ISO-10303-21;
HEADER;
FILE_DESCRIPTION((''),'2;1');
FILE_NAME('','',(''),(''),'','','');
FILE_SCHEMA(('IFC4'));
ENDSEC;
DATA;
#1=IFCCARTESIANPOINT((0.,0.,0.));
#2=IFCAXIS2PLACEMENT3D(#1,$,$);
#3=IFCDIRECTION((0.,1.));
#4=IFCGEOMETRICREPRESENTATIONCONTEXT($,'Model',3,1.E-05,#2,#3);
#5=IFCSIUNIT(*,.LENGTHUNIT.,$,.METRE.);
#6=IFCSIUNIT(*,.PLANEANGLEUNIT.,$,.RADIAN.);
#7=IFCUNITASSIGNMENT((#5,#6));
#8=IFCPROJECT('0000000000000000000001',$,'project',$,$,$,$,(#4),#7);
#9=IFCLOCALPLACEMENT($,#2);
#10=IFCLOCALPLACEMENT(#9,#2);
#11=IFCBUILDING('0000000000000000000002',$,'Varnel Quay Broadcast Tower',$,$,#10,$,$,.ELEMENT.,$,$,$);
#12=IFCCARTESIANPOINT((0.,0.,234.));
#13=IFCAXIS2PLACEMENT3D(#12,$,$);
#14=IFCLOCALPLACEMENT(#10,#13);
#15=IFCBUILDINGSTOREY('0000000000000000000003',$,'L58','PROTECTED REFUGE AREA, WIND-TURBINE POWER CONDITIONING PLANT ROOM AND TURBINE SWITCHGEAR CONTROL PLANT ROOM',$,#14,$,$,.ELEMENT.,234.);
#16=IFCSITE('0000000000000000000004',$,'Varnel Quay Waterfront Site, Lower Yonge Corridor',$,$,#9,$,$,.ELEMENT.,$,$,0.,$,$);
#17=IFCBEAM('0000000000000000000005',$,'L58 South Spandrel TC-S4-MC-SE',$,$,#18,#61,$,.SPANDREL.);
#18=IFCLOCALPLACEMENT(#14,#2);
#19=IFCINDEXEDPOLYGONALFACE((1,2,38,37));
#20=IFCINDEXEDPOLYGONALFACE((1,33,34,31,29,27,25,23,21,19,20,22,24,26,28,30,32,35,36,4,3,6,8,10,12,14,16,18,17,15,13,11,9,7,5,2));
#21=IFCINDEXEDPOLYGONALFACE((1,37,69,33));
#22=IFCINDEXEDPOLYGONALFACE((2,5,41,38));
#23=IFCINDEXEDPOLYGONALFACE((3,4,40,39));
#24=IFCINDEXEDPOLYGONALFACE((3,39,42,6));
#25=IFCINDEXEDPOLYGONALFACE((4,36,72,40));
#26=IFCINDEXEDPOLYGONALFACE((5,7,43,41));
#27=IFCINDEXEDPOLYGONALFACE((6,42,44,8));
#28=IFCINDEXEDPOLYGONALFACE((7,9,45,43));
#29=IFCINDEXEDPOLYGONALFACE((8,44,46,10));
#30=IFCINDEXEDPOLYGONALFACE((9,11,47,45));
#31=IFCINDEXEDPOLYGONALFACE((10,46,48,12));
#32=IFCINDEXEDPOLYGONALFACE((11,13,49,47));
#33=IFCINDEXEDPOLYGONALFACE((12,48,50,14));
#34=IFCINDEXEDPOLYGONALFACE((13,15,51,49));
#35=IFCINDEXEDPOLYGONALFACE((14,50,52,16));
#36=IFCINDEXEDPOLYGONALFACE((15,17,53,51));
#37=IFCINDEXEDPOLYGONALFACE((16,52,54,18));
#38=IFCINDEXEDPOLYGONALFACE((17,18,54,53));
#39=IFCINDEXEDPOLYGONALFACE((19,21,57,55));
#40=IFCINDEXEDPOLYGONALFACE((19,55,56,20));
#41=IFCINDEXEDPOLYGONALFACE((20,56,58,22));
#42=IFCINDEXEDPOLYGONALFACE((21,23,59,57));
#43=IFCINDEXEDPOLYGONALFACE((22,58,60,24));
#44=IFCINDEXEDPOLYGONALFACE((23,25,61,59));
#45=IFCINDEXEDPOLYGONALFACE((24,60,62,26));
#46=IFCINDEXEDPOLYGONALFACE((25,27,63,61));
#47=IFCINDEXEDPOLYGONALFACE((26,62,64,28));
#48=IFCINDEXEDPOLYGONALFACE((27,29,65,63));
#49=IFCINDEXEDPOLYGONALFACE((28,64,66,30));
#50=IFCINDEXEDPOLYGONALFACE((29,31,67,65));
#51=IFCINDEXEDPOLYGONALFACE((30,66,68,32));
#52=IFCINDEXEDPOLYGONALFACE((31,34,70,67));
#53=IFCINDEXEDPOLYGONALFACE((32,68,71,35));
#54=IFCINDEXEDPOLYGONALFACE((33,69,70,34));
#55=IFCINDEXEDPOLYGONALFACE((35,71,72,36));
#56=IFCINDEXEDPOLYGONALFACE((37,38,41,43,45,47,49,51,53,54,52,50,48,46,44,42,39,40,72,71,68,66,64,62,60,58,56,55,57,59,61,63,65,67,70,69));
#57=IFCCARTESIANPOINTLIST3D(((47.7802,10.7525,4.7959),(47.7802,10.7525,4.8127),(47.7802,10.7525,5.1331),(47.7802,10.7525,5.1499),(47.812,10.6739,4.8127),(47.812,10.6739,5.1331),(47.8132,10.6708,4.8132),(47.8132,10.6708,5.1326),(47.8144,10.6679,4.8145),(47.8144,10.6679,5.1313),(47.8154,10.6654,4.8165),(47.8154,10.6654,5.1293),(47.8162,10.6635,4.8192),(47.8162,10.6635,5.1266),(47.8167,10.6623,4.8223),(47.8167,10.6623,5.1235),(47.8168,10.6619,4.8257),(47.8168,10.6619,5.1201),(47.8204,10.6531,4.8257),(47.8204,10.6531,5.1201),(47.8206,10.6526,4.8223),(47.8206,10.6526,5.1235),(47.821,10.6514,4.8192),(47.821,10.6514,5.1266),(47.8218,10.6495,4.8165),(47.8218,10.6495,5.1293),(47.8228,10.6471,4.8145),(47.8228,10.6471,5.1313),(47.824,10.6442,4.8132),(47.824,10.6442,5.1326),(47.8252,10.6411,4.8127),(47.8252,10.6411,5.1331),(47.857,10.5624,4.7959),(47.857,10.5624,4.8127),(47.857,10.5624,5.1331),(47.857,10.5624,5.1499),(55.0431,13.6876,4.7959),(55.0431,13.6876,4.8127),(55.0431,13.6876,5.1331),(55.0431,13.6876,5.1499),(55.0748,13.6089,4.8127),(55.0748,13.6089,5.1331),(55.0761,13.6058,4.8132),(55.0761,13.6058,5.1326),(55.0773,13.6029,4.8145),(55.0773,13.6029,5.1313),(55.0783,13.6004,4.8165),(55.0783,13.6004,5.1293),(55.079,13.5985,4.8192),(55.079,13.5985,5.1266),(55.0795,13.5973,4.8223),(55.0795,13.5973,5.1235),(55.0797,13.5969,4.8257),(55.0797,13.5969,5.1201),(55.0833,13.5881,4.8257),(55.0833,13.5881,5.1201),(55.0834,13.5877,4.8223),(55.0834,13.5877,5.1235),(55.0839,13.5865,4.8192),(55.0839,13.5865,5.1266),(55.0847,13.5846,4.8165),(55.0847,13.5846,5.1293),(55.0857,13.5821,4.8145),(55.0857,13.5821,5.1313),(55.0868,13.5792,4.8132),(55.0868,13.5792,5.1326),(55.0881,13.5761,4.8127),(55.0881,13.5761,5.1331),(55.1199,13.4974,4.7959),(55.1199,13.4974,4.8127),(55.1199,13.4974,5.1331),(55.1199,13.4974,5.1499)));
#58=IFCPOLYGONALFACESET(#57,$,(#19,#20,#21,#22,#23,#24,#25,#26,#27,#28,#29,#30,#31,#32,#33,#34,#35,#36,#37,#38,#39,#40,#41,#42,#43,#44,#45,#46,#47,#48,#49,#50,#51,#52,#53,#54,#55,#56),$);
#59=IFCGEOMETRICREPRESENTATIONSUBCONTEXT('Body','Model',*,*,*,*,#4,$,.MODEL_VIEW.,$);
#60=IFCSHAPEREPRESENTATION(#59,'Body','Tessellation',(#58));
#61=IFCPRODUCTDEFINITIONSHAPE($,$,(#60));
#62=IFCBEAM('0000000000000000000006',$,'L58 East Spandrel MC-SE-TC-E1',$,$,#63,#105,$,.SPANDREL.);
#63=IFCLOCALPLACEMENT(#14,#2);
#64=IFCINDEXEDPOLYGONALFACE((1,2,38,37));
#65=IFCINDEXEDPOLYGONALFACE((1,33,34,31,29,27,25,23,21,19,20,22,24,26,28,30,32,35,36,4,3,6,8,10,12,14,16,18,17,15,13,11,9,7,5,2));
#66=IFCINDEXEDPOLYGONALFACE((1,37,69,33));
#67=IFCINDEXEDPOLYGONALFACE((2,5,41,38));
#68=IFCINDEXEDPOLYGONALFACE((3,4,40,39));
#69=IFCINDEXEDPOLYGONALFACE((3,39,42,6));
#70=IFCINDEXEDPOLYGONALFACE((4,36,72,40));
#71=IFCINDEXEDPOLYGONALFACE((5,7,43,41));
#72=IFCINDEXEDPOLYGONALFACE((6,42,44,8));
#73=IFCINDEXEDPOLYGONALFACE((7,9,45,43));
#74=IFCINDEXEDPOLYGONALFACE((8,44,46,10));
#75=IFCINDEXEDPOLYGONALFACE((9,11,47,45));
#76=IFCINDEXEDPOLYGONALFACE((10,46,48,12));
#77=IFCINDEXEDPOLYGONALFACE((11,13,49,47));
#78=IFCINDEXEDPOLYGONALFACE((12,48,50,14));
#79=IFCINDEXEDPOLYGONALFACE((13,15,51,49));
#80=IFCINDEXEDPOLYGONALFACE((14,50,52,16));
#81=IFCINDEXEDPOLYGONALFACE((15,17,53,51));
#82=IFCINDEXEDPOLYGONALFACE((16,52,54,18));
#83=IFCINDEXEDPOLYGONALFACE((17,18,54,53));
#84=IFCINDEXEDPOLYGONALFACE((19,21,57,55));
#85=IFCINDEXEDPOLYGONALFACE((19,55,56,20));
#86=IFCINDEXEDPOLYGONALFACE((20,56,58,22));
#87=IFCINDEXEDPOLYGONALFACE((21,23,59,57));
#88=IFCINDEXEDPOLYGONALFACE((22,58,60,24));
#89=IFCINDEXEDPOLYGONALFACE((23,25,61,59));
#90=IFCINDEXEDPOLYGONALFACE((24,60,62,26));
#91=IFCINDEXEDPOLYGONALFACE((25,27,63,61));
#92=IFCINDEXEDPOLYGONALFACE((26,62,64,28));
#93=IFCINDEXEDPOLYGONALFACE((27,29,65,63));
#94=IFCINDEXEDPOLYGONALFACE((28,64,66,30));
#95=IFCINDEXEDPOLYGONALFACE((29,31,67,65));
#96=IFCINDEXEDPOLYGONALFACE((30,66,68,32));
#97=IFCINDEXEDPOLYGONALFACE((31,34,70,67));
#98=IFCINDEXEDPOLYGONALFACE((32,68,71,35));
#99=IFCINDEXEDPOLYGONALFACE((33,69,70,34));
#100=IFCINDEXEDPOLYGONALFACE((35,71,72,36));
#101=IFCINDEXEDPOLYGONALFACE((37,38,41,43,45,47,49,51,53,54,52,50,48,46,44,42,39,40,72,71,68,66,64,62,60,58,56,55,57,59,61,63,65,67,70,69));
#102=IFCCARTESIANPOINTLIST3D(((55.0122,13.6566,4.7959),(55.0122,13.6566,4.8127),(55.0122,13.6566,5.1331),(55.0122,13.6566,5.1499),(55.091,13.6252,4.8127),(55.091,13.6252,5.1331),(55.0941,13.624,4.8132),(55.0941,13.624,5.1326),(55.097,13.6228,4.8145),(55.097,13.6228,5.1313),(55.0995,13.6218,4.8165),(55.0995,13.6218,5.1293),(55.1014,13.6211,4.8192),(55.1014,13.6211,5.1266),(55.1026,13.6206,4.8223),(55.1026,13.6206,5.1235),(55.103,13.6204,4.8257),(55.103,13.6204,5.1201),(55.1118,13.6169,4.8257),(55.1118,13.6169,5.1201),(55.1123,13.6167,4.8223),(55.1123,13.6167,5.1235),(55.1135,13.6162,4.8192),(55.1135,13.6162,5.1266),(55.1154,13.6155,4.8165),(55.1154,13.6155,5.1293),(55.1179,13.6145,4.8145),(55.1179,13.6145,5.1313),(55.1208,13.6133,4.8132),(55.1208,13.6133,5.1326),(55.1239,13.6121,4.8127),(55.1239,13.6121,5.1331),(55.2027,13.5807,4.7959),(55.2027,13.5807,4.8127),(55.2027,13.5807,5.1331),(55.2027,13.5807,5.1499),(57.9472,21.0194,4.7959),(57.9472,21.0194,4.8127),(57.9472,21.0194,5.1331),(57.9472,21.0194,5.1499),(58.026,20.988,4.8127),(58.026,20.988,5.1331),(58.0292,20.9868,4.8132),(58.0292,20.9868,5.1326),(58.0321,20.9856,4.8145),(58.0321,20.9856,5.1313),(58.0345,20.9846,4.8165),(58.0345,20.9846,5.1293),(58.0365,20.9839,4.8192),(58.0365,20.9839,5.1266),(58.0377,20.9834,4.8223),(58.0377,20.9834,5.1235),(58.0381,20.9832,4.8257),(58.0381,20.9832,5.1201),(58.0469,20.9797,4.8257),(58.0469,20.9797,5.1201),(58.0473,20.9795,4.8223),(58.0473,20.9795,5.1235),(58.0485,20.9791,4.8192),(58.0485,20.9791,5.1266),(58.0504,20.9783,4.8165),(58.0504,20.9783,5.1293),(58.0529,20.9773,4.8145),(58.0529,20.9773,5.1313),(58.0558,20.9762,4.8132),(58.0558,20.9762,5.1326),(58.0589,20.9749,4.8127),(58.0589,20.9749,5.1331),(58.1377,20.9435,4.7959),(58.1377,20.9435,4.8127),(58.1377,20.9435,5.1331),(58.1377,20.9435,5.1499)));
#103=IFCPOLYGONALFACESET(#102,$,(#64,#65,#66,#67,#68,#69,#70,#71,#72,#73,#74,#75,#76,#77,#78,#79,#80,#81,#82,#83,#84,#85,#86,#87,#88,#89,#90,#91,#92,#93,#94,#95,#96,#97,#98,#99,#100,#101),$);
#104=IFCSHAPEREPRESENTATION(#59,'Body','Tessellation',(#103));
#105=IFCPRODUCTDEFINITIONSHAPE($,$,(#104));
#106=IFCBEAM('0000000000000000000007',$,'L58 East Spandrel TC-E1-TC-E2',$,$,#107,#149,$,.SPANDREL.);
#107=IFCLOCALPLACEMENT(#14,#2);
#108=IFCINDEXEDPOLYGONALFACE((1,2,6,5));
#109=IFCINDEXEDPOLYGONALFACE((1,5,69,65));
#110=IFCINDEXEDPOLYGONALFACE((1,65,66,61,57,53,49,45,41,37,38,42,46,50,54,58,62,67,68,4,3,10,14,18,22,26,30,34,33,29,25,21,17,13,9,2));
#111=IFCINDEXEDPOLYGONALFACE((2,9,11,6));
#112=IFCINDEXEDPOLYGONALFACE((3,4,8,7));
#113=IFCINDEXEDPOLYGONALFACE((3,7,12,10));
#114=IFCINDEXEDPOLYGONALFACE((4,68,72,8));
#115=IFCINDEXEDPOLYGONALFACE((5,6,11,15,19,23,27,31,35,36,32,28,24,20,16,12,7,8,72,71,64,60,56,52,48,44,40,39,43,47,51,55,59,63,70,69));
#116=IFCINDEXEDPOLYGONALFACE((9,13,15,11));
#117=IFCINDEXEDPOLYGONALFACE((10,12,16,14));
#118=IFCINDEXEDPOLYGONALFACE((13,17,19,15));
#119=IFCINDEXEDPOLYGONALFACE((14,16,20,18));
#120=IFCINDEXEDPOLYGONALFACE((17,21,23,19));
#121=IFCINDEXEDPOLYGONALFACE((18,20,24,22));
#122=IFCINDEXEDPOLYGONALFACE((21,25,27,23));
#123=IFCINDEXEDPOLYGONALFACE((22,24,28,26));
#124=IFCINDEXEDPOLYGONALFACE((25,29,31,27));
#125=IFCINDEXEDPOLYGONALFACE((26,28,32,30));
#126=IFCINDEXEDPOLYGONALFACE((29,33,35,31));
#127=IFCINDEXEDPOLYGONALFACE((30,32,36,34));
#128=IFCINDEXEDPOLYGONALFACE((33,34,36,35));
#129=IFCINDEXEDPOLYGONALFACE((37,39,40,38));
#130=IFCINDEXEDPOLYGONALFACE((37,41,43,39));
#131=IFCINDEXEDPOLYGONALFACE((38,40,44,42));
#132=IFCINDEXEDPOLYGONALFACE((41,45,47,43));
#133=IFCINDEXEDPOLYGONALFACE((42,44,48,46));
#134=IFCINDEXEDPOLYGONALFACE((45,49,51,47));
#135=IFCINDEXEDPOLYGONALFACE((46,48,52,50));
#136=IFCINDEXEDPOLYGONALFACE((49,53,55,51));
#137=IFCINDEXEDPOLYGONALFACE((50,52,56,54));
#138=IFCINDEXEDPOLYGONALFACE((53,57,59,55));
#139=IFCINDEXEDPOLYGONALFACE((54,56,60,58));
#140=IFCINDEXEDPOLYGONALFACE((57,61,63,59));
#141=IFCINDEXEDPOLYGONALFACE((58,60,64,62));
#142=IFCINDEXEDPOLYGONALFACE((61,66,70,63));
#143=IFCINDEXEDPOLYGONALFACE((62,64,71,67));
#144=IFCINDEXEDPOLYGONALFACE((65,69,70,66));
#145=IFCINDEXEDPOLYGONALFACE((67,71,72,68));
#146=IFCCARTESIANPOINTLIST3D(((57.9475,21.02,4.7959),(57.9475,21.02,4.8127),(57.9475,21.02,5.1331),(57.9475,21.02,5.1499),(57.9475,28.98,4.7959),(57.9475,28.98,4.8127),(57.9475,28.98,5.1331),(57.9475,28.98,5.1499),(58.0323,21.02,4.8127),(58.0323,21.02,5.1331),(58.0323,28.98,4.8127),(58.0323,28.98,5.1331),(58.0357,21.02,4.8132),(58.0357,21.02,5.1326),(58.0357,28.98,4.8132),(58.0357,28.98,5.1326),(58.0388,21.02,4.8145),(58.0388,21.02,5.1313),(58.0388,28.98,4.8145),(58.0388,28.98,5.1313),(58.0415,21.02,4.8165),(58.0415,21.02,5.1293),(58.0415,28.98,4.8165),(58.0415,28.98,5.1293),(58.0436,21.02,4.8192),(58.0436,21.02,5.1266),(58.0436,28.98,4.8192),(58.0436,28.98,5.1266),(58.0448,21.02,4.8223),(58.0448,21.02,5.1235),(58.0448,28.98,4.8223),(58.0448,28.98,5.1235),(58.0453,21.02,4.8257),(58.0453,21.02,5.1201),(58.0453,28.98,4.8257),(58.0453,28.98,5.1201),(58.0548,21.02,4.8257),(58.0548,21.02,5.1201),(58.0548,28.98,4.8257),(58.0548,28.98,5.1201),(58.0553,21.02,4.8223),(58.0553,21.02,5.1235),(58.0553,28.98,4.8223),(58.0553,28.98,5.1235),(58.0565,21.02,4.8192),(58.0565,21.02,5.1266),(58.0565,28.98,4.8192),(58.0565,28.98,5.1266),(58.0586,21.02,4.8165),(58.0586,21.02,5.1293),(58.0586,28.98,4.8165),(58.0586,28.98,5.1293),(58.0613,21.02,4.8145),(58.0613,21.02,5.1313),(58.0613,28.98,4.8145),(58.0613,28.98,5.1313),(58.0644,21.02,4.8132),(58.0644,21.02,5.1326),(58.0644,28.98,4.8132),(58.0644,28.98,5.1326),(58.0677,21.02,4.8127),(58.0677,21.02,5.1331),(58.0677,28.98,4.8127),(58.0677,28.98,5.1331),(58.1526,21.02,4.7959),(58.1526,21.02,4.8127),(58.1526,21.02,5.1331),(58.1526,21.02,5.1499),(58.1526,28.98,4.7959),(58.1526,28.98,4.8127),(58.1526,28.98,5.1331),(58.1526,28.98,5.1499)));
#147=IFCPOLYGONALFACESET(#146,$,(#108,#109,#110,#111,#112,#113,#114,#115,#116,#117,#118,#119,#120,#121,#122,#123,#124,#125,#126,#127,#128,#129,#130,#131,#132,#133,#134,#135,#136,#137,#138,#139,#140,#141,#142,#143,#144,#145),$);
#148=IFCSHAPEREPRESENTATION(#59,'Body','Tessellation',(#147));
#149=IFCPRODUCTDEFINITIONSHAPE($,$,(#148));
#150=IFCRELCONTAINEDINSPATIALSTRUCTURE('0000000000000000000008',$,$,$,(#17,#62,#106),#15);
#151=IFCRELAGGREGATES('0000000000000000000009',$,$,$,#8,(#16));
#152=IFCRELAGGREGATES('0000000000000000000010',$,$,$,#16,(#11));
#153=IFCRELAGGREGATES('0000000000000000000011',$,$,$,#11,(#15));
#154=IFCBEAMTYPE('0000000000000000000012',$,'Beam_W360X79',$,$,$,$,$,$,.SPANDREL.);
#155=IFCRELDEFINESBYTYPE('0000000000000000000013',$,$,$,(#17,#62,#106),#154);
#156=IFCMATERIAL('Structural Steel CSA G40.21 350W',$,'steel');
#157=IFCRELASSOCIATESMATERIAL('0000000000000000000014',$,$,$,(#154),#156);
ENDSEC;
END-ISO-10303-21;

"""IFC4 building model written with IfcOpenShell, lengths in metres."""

from ifc_helpers import new_model, si_unit, direction, frame, origin, origin_2d, place, context, subcontext, project, spatial, i_section, extrude, source, transform, mapped, material, material_profile, profile_set, type_object, type_shapes, element, save


model = new_model("IFC4")

# Units and contexts
model_context = context("Model", 3, precision=1e-05, world=origin(), true_north=direction((0.0, 1.0)))
body_context = subcontext(model_context, "Body", "Model", "MODEL_VIEW")
ifc_project = project(units=[si_unit("LENGTHUNIT", "METRE"), si_unit("PLANEANGLEUNIT", "RADIAN")], contexts=[model_context])

# Site, building, storey
site_placement = place(None, origin())
site = spatial("IfcSite", under=ifc_project, at=site_placement, Name="Varnel Quay Waterfront Site, Lower Yonge Corridor", CompositionType="ELEMENT", RefElevation=0.0)
building_placement = place(site_placement, origin())
building = spatial("IfcBuilding", under=site, at=building_placement, Name="Varnel Quay Broadcast Tower", CompositionType="ELEMENT")
storey_placement = place(building_placement, frame((0.0, 0.0, 234.0)))
storey = spatial("IfcBuildingStorey", under=building, at=storey_placement, Name="L58", Description="PROTECTED REFUGE AREA, WIND-TURBINE POWER CONDITIONING PLANT ROOM AND TURBINE SWITCHGEAR CONTROL PLANT ROOM", CompositionType="ELEMENT", Elevation=234.0)

# Shared definitions
ifc_material_1 = material(Name="Structural Steel CSA G40.21 350W", Category="steel")

# Beams
ifc_material_profile_1 = material_profile(ifc_material_1, i_section(OverallWidth=0.2051, OverallDepth=0.354, WebThickness=0.0095, FlangeThickness=0.0168, FilletRadius=0.0129, at=origin_2d()), Name="W360X79")
ifc_profile_set_1 = profile_set([ifc_material_profile_1], Name="Structural Steel CSA G40.21 350W")
beam_type_1 = type_object("IfcBeamType", Name="Beam_W360X79", PredefinedType="SPANDREL", material=ifc_profile_set_1)
shared_shape_1 = source(origin(), body_context, "Body", "SweptSolid", [
    extrude(i_section(OverallWidth=0.2051, OverallDepth=0.354, WebThickness=0.0095, FlangeThickness=0.0168, FilletRadius=0.0129, at=origin_2d()), origin(), (0.0, 0.0, 1.0), 7.8335),
])
beam_1_placement = place(storey_placement, frame((47.8186, 10.6575, 4.9729), z_axis=(0.927155, 0.374677, 0.0), x_axis=(-0.374677, 0.927155, 0.0)))
element("IfcBeam", 1, at=beam_1_placement, inside=storey, type_object=beam_type_1, Name="L58 South Spandrel TC-S4-MC-SE", PredefinedType="SPANDREL", context=body_context, shape_type="MappedRepresentation", body=[
    mapped(shared_shape_1, transform((0.0, 0.0, 0.0), x_axis=(1.0, 0.0, 0.0), y_axis=(0.0, 1.0, 0.0), z_axis=(0.0, 0.0, 1.0), scale=1.0)),
])
shared_shape_2 = source(origin(), body_context, "Body", "SweptSolid", [
    extrude(i_section(OverallWidth=0.2051, OverallDepth=0.354, WebThickness=0.0095, FlangeThickness=0.0168, FilletRadius=0.0129, at=origin_2d()), origin(), (0.0, 0.0, 1.0), 7.9263),
])
beam_2_placement = place(storey_placement, frame((55.1074, 13.6187, 4.9729), z_axis=(0.370296, 0.928914, 0.0), x_axis=(-0.928914, 0.370296, 0.0)))
element("IfcBeam", 2, at=beam_2_placement, inside=storey, type_object=beam_type_1, Name="L58 East Spandrel MC-SE-TC-E1", PredefinedType="SPANDREL", context=body_context, shape_type="MappedRepresentation", body=[
    mapped(shared_shape_2, transform((0.0, 0.0, 0.0), x_axis=(1.0, 0.0, 0.0), y_axis=(0.0, 1.0, 0.0), z_axis=(0.0, 0.0, 1.0), scale=1.0)),
])
shared_shape_3 = source(origin(), body_context, "Body", "SweptSolid", [
    extrude(i_section(OverallWidth=0.2051, OverallDepth=0.354, WebThickness=0.0095, FlangeThickness=0.0168, FilletRadius=0.0129, at=origin_2d()), origin(), (0.0, 0.0, 1.0), 7.96),
])
type_shapes(beam_type_1, [shared_shape_1, shared_shape_2, shared_shape_3])
beam_3_placement = place(storey_placement, frame((58.05, 21.02, 4.9729), z_axis=(0.0, 1.0, 0.0), x_axis=(-1.0, 0.0, 0.0)))
element("IfcBeam", 3, at=beam_3_placement, inside=storey, type_object=beam_type_1, Name="L58 East Spandrel TC-E1-TC-E2", PredefinedType="SPANDREL", context=body_context, shape_type="MappedRepresentation", body=[
    mapped(shared_shape_3, transform((0.0, 0.0, 0.0), x_axis=(1.0, 0.0, 0.0), y_axis=(0.0, 1.0, 0.0), z_axis=(0.0, 0.0, 1.0), scale=1.0)),
])

save(model, "model.ifc")
